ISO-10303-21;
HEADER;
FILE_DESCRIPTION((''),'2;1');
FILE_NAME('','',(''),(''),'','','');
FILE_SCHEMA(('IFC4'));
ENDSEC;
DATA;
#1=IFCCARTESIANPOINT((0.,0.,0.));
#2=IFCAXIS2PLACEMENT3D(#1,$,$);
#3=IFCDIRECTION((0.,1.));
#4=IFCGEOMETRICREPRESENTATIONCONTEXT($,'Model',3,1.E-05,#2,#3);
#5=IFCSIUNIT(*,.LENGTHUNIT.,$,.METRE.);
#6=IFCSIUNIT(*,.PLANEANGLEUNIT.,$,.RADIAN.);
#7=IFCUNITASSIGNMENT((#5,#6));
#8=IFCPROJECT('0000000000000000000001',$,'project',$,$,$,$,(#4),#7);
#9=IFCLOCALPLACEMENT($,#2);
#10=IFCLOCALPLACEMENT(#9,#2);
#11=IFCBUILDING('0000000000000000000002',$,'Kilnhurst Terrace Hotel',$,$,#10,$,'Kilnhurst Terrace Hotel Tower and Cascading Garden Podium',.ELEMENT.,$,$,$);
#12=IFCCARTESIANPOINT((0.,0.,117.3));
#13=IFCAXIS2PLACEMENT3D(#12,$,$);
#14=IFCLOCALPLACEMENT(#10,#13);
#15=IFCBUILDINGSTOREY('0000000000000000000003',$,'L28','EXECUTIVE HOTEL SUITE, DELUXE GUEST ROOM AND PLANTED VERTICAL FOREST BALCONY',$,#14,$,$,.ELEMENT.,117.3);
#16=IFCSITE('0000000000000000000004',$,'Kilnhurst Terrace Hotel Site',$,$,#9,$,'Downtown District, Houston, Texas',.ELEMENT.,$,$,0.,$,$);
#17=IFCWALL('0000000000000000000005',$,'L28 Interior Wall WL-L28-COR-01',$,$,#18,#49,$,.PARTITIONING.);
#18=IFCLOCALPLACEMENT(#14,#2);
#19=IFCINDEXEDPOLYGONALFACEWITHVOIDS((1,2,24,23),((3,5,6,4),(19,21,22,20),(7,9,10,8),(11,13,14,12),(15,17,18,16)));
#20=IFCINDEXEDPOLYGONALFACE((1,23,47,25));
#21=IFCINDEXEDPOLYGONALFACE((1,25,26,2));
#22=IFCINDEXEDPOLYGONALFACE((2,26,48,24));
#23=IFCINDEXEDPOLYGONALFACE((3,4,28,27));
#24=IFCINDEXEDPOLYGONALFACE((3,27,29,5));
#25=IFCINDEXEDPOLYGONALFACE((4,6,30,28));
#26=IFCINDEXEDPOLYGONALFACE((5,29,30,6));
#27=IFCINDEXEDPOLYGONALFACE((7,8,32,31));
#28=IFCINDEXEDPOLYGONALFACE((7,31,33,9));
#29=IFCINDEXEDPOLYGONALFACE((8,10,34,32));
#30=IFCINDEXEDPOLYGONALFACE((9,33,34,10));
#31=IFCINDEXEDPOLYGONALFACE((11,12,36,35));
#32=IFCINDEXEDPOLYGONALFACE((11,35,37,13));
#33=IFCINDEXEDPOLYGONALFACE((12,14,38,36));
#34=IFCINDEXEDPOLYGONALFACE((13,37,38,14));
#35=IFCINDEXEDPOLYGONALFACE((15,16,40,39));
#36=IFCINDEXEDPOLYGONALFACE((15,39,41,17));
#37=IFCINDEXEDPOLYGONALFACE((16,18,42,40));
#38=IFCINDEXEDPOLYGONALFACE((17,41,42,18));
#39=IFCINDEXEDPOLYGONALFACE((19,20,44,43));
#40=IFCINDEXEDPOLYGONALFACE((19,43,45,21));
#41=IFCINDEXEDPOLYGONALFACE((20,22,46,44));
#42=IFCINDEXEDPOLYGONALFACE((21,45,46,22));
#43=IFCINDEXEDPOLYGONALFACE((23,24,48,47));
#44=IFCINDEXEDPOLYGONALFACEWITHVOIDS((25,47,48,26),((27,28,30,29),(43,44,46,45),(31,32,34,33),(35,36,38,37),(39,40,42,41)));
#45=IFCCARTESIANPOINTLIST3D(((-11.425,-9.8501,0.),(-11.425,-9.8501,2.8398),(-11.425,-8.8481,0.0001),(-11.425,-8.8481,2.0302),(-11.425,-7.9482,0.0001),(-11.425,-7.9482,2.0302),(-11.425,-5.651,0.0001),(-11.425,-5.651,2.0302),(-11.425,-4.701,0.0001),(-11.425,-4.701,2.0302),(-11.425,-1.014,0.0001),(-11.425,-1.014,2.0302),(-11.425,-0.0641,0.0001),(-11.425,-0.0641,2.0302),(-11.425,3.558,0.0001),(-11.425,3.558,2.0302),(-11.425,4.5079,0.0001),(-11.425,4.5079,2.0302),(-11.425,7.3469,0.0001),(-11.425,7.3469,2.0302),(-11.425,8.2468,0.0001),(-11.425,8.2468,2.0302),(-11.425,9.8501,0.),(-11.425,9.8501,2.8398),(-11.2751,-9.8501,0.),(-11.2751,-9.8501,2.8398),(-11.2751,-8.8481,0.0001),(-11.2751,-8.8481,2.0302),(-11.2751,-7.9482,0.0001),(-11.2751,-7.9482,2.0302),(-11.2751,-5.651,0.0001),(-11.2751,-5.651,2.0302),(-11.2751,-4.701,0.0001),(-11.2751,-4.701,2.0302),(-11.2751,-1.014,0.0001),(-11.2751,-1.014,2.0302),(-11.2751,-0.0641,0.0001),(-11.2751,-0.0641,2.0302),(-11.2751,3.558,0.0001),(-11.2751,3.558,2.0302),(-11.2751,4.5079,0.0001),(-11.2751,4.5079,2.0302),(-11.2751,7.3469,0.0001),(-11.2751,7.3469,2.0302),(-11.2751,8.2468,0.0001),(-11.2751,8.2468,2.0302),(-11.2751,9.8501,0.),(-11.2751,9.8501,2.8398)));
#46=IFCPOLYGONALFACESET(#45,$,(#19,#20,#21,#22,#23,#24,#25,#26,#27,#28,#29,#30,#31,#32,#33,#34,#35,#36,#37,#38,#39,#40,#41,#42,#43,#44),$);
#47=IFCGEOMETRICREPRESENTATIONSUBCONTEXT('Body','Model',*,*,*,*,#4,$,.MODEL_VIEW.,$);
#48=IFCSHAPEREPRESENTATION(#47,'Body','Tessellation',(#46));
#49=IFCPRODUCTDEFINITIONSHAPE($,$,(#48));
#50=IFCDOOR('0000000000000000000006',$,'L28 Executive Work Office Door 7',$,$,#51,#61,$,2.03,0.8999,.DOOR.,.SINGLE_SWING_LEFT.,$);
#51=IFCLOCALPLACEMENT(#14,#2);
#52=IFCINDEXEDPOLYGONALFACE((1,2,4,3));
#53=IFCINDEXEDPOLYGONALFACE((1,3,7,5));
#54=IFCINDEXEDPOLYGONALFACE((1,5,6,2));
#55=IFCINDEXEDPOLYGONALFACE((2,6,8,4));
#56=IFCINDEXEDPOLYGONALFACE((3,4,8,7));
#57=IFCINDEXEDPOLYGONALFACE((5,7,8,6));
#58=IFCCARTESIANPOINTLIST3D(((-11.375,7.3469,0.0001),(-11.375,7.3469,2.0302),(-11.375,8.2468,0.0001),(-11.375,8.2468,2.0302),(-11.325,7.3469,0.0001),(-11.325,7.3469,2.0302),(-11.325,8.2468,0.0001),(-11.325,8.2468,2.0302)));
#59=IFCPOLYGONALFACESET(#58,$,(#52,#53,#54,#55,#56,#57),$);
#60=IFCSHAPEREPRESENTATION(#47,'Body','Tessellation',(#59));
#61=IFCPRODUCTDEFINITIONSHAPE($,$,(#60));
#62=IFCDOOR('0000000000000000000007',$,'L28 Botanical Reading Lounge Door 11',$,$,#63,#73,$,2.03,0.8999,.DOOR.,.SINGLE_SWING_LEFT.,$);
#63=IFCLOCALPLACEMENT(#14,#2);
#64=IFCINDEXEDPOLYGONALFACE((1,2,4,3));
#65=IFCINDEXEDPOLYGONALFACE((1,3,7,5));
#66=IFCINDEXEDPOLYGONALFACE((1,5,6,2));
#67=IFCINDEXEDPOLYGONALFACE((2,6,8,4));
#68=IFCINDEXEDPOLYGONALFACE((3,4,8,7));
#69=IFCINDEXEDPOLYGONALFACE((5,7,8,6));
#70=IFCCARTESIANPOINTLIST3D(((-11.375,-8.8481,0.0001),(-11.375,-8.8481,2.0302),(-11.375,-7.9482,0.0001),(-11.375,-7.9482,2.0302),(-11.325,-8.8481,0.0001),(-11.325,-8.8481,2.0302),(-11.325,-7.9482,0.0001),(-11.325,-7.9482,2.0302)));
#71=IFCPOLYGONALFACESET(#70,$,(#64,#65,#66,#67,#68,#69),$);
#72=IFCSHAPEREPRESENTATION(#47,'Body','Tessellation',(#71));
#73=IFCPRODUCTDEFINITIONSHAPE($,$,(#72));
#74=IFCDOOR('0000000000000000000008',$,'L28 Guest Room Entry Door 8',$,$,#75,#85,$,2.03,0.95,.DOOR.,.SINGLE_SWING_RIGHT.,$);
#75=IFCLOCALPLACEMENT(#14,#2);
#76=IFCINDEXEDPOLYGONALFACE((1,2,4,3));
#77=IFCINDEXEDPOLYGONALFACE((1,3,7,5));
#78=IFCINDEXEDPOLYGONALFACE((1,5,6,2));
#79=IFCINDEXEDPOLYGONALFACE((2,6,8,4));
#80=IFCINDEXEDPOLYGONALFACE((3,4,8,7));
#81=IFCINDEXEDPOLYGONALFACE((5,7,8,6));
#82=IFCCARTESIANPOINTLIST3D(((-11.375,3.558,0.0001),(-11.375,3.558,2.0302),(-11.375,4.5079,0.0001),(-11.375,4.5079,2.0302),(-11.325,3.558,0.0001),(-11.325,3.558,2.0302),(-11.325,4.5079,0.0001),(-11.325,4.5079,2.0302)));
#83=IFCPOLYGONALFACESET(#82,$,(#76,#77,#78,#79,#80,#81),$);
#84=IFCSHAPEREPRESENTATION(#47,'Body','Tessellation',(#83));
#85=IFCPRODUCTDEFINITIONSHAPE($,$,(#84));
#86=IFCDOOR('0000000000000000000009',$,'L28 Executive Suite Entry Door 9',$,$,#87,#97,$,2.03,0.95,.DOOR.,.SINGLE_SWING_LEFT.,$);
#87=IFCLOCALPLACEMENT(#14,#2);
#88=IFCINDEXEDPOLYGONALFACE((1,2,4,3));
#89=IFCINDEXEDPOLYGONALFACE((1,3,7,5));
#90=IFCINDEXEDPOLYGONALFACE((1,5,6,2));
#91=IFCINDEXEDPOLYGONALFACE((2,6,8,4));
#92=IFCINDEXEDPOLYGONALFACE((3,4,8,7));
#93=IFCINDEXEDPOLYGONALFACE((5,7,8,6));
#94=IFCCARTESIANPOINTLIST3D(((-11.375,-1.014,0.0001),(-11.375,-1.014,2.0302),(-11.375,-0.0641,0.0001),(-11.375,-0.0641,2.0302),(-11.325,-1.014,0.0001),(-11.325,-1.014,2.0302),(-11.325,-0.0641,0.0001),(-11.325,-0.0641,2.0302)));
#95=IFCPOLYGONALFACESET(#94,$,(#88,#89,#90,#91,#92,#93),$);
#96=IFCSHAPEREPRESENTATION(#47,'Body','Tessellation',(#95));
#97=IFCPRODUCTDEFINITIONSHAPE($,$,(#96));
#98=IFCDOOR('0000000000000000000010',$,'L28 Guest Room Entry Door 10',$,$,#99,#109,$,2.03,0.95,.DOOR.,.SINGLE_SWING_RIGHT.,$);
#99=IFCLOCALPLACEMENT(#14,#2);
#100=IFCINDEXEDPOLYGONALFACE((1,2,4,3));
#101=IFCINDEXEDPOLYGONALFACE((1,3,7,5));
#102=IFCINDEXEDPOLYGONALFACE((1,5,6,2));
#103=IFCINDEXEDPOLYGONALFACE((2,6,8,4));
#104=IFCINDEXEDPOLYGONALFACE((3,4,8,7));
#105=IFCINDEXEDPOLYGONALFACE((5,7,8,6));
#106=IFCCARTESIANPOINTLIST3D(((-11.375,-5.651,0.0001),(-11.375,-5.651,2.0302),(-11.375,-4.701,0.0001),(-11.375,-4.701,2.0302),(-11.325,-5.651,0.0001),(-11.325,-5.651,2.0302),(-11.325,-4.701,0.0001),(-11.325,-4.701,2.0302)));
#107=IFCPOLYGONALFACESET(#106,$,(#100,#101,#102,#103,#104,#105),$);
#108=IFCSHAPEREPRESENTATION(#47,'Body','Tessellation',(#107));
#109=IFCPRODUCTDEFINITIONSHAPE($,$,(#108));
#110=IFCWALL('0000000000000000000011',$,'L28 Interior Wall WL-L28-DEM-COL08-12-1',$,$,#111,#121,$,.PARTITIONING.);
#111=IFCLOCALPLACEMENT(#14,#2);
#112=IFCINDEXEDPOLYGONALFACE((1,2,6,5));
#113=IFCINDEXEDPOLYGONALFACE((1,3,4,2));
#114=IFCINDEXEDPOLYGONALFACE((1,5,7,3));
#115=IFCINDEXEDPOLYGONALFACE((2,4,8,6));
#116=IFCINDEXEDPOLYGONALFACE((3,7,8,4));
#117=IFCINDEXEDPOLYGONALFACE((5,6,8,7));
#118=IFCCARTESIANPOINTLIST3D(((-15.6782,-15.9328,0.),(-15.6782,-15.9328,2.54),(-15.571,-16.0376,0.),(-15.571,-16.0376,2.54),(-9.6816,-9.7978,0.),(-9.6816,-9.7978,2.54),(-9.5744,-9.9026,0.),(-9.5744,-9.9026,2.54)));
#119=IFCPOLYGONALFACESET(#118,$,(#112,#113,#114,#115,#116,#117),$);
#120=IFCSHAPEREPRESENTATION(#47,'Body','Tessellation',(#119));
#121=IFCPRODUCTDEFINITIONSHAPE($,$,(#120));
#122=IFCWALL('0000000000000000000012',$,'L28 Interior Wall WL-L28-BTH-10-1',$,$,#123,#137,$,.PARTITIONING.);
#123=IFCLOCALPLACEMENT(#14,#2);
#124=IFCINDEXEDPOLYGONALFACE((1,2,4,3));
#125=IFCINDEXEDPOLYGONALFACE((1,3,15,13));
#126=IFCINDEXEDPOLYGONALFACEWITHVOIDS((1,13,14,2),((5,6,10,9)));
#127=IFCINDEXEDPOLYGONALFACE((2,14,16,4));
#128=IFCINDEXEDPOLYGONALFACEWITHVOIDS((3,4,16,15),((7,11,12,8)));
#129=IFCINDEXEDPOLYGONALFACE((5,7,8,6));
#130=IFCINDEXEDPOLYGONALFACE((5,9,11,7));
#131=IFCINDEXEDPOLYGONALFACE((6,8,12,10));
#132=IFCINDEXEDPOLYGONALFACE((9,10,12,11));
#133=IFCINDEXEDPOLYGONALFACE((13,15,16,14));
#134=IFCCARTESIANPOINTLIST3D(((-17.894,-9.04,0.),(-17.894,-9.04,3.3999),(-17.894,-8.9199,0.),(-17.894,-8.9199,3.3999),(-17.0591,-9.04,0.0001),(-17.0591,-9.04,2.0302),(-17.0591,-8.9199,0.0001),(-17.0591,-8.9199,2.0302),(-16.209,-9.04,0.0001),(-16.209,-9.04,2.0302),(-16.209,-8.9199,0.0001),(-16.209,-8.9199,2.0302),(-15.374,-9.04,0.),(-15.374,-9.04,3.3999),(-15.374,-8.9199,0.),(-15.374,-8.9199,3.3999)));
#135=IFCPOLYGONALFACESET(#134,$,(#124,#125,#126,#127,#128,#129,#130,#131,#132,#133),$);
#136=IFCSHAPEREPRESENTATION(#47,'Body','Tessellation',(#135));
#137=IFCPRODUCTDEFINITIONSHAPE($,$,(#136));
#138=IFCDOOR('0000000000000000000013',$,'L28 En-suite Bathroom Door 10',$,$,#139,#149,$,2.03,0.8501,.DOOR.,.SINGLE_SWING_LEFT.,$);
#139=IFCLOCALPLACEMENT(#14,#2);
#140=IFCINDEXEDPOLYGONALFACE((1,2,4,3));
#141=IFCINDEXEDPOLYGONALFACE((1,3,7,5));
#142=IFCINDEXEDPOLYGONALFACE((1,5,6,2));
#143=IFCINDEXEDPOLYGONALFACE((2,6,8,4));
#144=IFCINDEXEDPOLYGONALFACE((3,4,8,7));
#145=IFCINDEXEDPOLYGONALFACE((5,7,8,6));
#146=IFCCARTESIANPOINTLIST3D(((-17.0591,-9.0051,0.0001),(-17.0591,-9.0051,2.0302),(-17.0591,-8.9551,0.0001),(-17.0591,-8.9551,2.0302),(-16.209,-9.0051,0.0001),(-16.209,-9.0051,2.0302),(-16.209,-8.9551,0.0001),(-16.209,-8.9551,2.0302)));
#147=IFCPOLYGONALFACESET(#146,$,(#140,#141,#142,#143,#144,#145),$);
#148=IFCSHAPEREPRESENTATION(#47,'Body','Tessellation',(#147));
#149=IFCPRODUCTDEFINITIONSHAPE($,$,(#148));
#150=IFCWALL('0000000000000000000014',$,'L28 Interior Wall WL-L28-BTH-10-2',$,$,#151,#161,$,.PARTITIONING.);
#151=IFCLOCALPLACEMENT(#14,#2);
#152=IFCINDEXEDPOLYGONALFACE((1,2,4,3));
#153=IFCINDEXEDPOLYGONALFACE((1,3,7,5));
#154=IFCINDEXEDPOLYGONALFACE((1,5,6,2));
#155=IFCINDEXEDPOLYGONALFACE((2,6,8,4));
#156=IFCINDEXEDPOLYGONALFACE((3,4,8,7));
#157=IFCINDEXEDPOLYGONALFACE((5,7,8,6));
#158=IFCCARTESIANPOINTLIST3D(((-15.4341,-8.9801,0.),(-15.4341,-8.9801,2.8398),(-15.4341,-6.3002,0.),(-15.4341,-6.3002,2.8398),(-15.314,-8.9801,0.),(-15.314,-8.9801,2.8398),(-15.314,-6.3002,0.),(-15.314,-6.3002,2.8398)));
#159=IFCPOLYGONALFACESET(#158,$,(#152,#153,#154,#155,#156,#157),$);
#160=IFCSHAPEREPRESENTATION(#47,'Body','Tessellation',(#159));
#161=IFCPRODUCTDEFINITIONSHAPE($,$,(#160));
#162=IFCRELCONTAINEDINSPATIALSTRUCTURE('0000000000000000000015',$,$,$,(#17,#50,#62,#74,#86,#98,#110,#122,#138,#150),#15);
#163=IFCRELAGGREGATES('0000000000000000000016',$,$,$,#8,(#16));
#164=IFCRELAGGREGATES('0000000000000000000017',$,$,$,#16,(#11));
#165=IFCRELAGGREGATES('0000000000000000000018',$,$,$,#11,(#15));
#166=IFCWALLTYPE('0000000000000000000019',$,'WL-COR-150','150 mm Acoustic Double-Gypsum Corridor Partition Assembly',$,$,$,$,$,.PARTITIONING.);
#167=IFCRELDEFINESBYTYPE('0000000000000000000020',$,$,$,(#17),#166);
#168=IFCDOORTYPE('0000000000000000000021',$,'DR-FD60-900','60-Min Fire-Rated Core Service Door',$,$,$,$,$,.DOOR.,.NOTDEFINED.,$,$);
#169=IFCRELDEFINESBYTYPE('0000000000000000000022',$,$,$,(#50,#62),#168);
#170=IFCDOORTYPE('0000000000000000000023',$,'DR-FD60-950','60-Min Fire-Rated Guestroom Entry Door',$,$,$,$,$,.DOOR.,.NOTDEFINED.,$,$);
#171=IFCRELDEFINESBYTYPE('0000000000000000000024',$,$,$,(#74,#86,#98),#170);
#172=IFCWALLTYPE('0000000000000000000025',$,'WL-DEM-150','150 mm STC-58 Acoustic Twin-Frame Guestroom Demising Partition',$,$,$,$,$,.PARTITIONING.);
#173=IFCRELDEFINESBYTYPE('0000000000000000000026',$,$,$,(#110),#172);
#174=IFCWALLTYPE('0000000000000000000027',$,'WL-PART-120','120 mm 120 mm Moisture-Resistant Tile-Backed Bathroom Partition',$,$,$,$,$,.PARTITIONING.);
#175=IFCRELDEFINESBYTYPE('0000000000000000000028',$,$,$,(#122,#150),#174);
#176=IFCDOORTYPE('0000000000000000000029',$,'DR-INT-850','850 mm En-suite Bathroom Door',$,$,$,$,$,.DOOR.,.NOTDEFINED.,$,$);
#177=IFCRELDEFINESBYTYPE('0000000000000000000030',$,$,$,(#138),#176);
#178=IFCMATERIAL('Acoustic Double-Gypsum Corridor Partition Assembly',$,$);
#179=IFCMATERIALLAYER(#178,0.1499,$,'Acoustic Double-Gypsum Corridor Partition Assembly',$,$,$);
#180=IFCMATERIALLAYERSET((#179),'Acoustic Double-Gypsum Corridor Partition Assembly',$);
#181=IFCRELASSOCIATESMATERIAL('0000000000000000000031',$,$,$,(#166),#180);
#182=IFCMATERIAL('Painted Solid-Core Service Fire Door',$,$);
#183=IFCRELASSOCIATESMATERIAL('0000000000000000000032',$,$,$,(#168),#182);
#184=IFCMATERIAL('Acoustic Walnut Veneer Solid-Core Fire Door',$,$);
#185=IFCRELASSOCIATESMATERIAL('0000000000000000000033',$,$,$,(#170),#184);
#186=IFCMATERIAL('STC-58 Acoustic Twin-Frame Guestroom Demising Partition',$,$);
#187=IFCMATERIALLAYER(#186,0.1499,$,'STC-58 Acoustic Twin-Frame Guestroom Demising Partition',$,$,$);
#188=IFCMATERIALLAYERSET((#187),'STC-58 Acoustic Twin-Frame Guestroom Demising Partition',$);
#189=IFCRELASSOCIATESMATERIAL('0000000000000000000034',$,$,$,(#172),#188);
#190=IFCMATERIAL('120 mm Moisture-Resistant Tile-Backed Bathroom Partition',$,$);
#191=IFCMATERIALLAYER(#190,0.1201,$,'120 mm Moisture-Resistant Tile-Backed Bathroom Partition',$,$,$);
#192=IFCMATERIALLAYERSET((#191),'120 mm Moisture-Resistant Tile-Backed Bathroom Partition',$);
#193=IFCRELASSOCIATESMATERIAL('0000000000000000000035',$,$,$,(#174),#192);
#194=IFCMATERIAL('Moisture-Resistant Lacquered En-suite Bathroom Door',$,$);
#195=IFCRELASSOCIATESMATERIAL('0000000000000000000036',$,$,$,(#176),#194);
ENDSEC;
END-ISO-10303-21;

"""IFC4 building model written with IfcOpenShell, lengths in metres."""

from ifc_helpers import new_model, si_unit, direction, frame, frame_2d, origin, place, context, subcontext, project, spatial, rectangle, extrude, material, layer, layer_set, type_object, element, fill, save


model = new_model("IFC4")

# Units and contexts
model_context = context("Model", 3, precision=1e-05, world=origin(), true_north=direction((0.0, 1.0)))
body_context = subcontext(model_context, "Body", "Model", "MODEL_VIEW")
ifc_project = project(units=[si_unit("LENGTHUNIT", "METRE"), si_unit("PLANEANGLEUNIT", "RADIAN")], contexts=[model_context])

# Site, building, storey
site_placement = place(None, origin())
site = spatial("IfcSite", under=ifc_project, at=site_placement, Name="Kilnhurst Terrace Hotel Site", LongName="Downtown District, Houston, Texas", CompositionType="ELEMENT", RefElevation=0.0)
building_placement = place(site_placement, origin())
building = spatial("IfcBuilding", under=site, at=building_placement, Name="Kilnhurst Terrace Hotel", LongName="Kilnhurst Terrace Hotel Tower and Cascading Garden Podium", CompositionType="ELEMENT")
storey_placement = place(building_placement, frame((0.0, 0.0, 117.3)))
storey = spatial("IfcBuildingStorey", under=building, at=storey_placement, Name="L28", Description="EXECUTIVE HOTEL SUITE, DELUXE GUEST ROOM AND PLANTED VERTICAL FOREST BALCONY", CompositionType="ELEMENT", Elevation=117.3)

# Wall, openings, doors
ifc_material_1 = material(Name="Acoustic Double-Gypsum Corridor Partition Assembly")
ifc_layer_1 = layer(ifc_material_1, 0.1499, Name="Acoustic Double-Gypsum Corridor Partition Assembly")
ifc_layer_set_1 = layer_set([ifc_layer_1], Name="Acoustic Double-Gypsum Corridor Partition Assembly")
wall_type_1 = type_object("IfcWallType", Name="WL-COR-150", Description="150 mm Acoustic Double-Gypsum Corridor Partition Assembly", PredefinedType="PARTITIONING", material=ifc_layer_set_1)
wall_1_placement = place(storey_placement, frame((-11.3501, -9.8501, 0.0), z_axis=(0.0, 0.0, 1.0), x_axis=(0.0, 1.0, 0.0)))
wall_1 = element("IfcWall", 1, at=wall_1_placement, inside=storey, type_object=wall_type_1, Name="L28 Interior Wall WL-L28-COR-01", PredefinedType="PARTITIONING", context=body_context, shape_type="SweptSolid", body=[
    extrude(rectangle(XDim=19.7002, YDim=0.1499, at=frame_2d((9.8501, 0.0))), origin(), (0.0, 0.0, 1.0), 2.8398),
])
opening_1_placement = place(wall_1_placement, frame((17.197, 0.0, 0.0)))
opening_1 = element("IfcOpeningElement", 2, at=opening_1_placement, cuts=wall_1, PredefinedType="OPENING", context=body_context, shape_type="SweptSolid", body=[
    extrude(rectangle(XDim=0.8999, YDim=2.03, at=frame_2d((0.45, 1.0151))), frame((0.0, 0.085, 0.0), z_axis=(0.0, -1.0, 0.0), x_axis=(1.0, 0.0, 0.0)), (0.0, 0.0, 1.0), 0.1699),
])
opening_2_placement = place(wall_1_placement, frame((13.408, 0.0, 0.0)))
opening_2 = element("IfcOpeningElement", 3, at=opening_2_placement, cuts=wall_1, PredefinedType="OPENING", context=body_context, shape_type="SweptSolid", body=[
    extrude(rectangle(XDim=0.95, YDim=2.03, at=frame_2d((0.4751, 1.0151))), frame((0.0, 0.085, 0.0), z_axis=(0.0, -1.0, 0.0), x_axis=(1.0, 0.0, 0.0)), (0.0, 0.0, 1.0), 0.1699),
])
opening_3_placement = place(wall_1_placement, frame((8.8359, 0.0, 0.0)))
opening_3 = element("IfcOpeningElement", 4, at=opening_3_placement, cuts=wall_1, PredefinedType="OPENING", context=body_context, shape_type="SweptSolid", body=[
    extrude(rectangle(XDim=0.95, YDim=2.03, at=frame_2d((0.4751, 1.0151))), frame((0.0, 0.085, 0.0), z_axis=(0.0, -1.0, 0.0), x_axis=(1.0, 0.0, 0.0)), (0.0, 0.0, 1.0), 0.1699),
])
opening_4_placement = place(wall_1_placement, frame((4.199, 0.0, 0.0)))
opening_4 = element("IfcOpeningElement", 5, at=opening_4_placement, cuts=wall_1, PredefinedType="OPENING", context=body_context, shape_type="SweptSolid", body=[
    extrude(rectangle(XDim=0.95, YDim=2.03, at=frame_2d((0.4751, 1.0151))), frame((0.0, 0.085, 0.0), z_axis=(0.0, -1.0, 0.0), x_axis=(1.0, 0.0, 0.0)), (0.0, 0.0, 1.0), 0.1699),
])
opening_5_placement = place(wall_1_placement, frame((1.002, 0.0, 0.0)))
opening_5 = element("IfcOpeningElement", 6, at=opening_5_placement, cuts=wall_1, PredefinedType="OPENING", context=body_context, shape_type="SweptSolid", body=[
    extrude(rectangle(XDim=0.8999, YDim=2.03, at=frame_2d((0.45, 1.0151))), frame((0.0, 0.085, 0.0), z_axis=(0.0, -1.0, 0.0), x_axis=(1.0, 0.0, 0.0)), (0.0, 0.0, 1.0), 0.1699),
])
ifc_material_2 = material(Name="Painted Solid-Core Service Fire Door")
door_type_1 = type_object("IfcDoorType", Name="DR-FD60-900", Description="60-Min Fire-Rated Core Service Door", OperationType="NOTDEFINED", PredefinedType="DOOR", material=ifc_material_2)
door_1_placement = place(opening_1_placement, origin())
door_1 = element("IfcDoor", 7, at=door_1_placement, inside=storey, type_object=door_type_1, Name="L28 Executive Work Office Door 7", OperationType="SINGLE_SWING_LEFT", OverallHeight=2.03, OverallWidth=0.8999, PredefinedType="DOOR", context=body_context, shape_type="SweptSolid", body=[
    extrude(rectangle(XDim=0.8999, YDim=2.03, at=frame_2d((0.45, 1.0151))), frame((0.0, 0.0249, 0.0), z_axis=(0.0, -1.0, 0.0), x_axis=(1.0, 0.0, 0.0)), (0.0, 0.0, 1.0), 0.05),
])
fill(opening_1, door_1)
door_2_placement = place(opening_5_placement, origin())
door_2 = element("IfcDoor", 8, at=door_2_placement, inside=storey, type_object=door_type_1, Name="L28 Botanical Reading Lounge Door 11", OperationType="SINGLE_SWING_LEFT", OverallHeight=2.03, OverallWidth=0.8999, PredefinedType="DOOR", context=body_context, shape_type="SweptSolid", body=[
    extrude(rectangle(XDim=0.8999, YDim=2.03, at=frame_2d((0.45, 1.0151))), frame((0.0, 0.0249, 0.0), z_axis=(0.0, -1.0, 0.0), x_axis=(1.0, 0.0, 0.0)), (0.0, 0.0, 1.0), 0.05),
])
fill(opening_5, door_2)
ifc_material_3 = material(Name="Acoustic Walnut Veneer Solid-Core Fire Door")
door_type_2 = type_object("IfcDoorType", Name="DR-FD60-950", Description="60-Min Fire-Rated Guestroom Entry Door", OperationType="NOTDEFINED", PredefinedType="DOOR", material=ifc_material_3)
door_3_placement = place(opening_2_placement, origin())
door_3 = element("IfcDoor", 9, at=door_3_placement, inside=storey, type_object=door_type_2, Name="L28 Guest Room Entry Door 8", OperationType="SINGLE_SWING_RIGHT", OverallHeight=2.03, OverallWidth=0.95, PredefinedType="DOOR", context=body_context, shape_type="SweptSolid", body=[
    extrude(rectangle(XDim=0.95, YDim=2.03, at=frame_2d((0.4751, 1.0151))), frame((0.0, 0.0249, 0.0), z_axis=(0.0, -1.0, 0.0), x_axis=(1.0, 0.0, 0.0)), (0.0, 0.0, 1.0), 0.05),
])
fill(opening_2, door_3)
door_4_placement = place(opening_3_placement, origin())
door_4 = element("IfcDoor", 10, at=door_4_placement, inside=storey, type_object=door_type_2, Name="L28 Executive Suite Entry Door 9", OperationType="SINGLE_SWING_LEFT", OverallHeight=2.03, OverallWidth=0.95, PredefinedType="DOOR", context=body_context, shape_type="SweptSolid", body=[
    extrude(rectangle(XDim=0.95, YDim=2.03, at=frame_2d((0.4751, 1.0151))), frame((0.0, 0.0249, 0.0), z_axis=(0.0, -1.0, 0.0), x_axis=(1.0, 0.0, 0.0)), (0.0, 0.0, 1.0), 0.05),
])
fill(opening_3, door_4)
door_5_placement = place(opening_4_placement, origin())
door_5 = element("IfcDoor", 11, at=door_5_placement, inside=storey, type_object=door_type_2, Name="L28 Guest Room Entry Door 10", OperationType="SINGLE_SWING_RIGHT", OverallHeight=2.03, OverallWidth=0.95, PredefinedType="DOOR", context=body_context, shape_type="SweptSolid", body=[
    extrude(rectangle(XDim=0.95, YDim=2.03, at=frame_2d((0.4751, 1.0151))), frame((0.0, 0.0249, 0.0), z_axis=(0.0, -1.0, 0.0), x_axis=(1.0, 0.0, 0.0)), (0.0, 0.0, 1.0), 0.05),
])
fill(opening_4, door_5)

# Wall
ifc_material_4 = material(Name="STC-58 Acoustic Twin-Frame Guestroom Demising Partition")
ifc_layer_2 = layer(ifc_material_4, 0.1499, Name="STC-58 Acoustic Twin-Frame Guestroom Demising Partition")
ifc_layer_set_2 = layer_set([ifc_layer_2], Name="STC-58 Acoustic Twin-Frame Guestroom Demising Partition")
wall_type_2 = type_object("IfcWallType", Name="WL-DEM-150", Description="150 mm STC-58 Acoustic Twin-Frame Guestroom Demising Partition", PredefinedType="PARTITIONING", material=ifc_layer_set_2)
wall_2_placement = place(storey_placement, frame((-9.6279, -9.8501, 0.0), z_axis=(0.0, 0.0, 1.0), x_axis=(-0.698993, -0.715129, 0.0)))
element("IfcWall", 12, at=wall_2_placement, inside=storey, type_object=wall_type_2, Name="L28 Interior Wall WL-L28-DEM-COL08-12-1", PredefinedType="PARTITIONING", context=body_context, shape_type="SweptSolid", body=[
    extrude(rectangle(XDim=8.5789, YDim=0.1499, at=frame_2d((4.2896, 0.0))), origin(), (0.0, 0.0, 1.0), 2.54),
])

# Wall, opening, door
ifc_material_5 = material(Name="120 mm Moisture-Resistant Tile-Backed Bathroom Partition")
ifc_layer_3 = layer(ifc_material_5, 0.1201, Name="120 mm Moisture-Resistant Tile-Backed Bathroom Partition")
ifc_layer_set_3 = layer_set([ifc_layer_3], Name="120 mm Moisture-Resistant Tile-Backed Bathroom Partition")
wall_type_3 = type_object("IfcWallType", Name="WL-PART-120", Description="120 mm 120 mm Moisture-Resistant Tile-Backed Bathroom Partition", PredefinedType="PARTITIONING", material=ifc_layer_set_3)
wall_3_placement = place(storey_placement, frame((-17.894, -8.98, 0.0), z_axis=(0.0, 0.0, 1.0), x_axis=(1.0, 0.0, 0.0)))
wall_3 = element("IfcWall", 13, at=wall_3_placement, inside=storey, type_object=wall_type_3, Name="L28 Interior Wall WL-L28-BTH-10-1", PredefinedType="PARTITIONING", context=body_context, shape_type="SweptSolid", body=[
    extrude(rectangle(XDim=2.52, YDim=0.1201, at=frame_2d((1.26, 0.0))), origin(), (0.0, 0.0, 1.0), 3.3999),
])
opening_6_placement = place(wall_3_placement, frame((0.835, 0.0, 0.0)))
opening_6 = element("IfcOpeningElement", 14, at=opening_6_placement, cuts=wall_3, PredefinedType="OPENING", context=body_context, shape_type="SweptSolid", body=[
    extrude(rectangle(XDim=0.8501, YDim=2.03, at=frame_2d((0.425, 1.0151))), frame((0.0, 0.0701, 0.0), z_axis=(0.0, -1.0, 0.0), x_axis=(1.0, 0.0, 0.0)), (0.0, 0.0, 1.0), 0.1401),
])
ifc_material_6 = material(Name="Moisture-Resistant Lacquered En-suite Bathroom Door")
door_type_3 = type_object("IfcDoorType", Name="DR-INT-850", Description="850 mm En-suite Bathroom Door", OperationType="NOTDEFINED", PredefinedType="DOOR", material=ifc_material_6)
door_6_placement = place(opening_6_placement, origin())
door_6 = element("IfcDoor", 15, at=door_6_placement, inside=storey, type_object=door_type_3, Name="L28 En-suite Bathroom Door 10", OperationType="SINGLE_SWING_LEFT", OverallHeight=2.03, OverallWidth=0.8501, PredefinedType="DOOR", context=body_context, shape_type="SweptSolid", body=[
    extrude(rectangle(XDim=0.8501, YDim=2.03, at=frame_2d((0.425, 1.0151))), frame((0.0, 0.0249, 0.0), z_axis=(0.0, -1.0, 0.0), x_axis=(1.0, 0.0, 0.0)), (0.0, 0.0, 1.0), 0.05),
])
fill(opening_6, door_6)

# Wall
wall_4_placement = place(storey_placement, frame((-15.374, -8.98, 0.0), z_axis=(0.0, 0.0, 1.0), x_axis=(0.0, 1.0, 0.0)))
element("IfcWall", 16, at=wall_4_placement, inside=storey, type_object=wall_type_3, Name="L28 Interior Wall WL-L28-BTH-10-2", PredefinedType="PARTITIONING", context=body_context, shape_type="SweptSolid", body=[
    extrude(rectangle(XDim=2.6799, YDim=0.1201, at=frame_2d((1.3398, 0.0))), origin(), (0.0, 0.0, 1.0), 2.8398),
])

save(model, "model.ifc")
